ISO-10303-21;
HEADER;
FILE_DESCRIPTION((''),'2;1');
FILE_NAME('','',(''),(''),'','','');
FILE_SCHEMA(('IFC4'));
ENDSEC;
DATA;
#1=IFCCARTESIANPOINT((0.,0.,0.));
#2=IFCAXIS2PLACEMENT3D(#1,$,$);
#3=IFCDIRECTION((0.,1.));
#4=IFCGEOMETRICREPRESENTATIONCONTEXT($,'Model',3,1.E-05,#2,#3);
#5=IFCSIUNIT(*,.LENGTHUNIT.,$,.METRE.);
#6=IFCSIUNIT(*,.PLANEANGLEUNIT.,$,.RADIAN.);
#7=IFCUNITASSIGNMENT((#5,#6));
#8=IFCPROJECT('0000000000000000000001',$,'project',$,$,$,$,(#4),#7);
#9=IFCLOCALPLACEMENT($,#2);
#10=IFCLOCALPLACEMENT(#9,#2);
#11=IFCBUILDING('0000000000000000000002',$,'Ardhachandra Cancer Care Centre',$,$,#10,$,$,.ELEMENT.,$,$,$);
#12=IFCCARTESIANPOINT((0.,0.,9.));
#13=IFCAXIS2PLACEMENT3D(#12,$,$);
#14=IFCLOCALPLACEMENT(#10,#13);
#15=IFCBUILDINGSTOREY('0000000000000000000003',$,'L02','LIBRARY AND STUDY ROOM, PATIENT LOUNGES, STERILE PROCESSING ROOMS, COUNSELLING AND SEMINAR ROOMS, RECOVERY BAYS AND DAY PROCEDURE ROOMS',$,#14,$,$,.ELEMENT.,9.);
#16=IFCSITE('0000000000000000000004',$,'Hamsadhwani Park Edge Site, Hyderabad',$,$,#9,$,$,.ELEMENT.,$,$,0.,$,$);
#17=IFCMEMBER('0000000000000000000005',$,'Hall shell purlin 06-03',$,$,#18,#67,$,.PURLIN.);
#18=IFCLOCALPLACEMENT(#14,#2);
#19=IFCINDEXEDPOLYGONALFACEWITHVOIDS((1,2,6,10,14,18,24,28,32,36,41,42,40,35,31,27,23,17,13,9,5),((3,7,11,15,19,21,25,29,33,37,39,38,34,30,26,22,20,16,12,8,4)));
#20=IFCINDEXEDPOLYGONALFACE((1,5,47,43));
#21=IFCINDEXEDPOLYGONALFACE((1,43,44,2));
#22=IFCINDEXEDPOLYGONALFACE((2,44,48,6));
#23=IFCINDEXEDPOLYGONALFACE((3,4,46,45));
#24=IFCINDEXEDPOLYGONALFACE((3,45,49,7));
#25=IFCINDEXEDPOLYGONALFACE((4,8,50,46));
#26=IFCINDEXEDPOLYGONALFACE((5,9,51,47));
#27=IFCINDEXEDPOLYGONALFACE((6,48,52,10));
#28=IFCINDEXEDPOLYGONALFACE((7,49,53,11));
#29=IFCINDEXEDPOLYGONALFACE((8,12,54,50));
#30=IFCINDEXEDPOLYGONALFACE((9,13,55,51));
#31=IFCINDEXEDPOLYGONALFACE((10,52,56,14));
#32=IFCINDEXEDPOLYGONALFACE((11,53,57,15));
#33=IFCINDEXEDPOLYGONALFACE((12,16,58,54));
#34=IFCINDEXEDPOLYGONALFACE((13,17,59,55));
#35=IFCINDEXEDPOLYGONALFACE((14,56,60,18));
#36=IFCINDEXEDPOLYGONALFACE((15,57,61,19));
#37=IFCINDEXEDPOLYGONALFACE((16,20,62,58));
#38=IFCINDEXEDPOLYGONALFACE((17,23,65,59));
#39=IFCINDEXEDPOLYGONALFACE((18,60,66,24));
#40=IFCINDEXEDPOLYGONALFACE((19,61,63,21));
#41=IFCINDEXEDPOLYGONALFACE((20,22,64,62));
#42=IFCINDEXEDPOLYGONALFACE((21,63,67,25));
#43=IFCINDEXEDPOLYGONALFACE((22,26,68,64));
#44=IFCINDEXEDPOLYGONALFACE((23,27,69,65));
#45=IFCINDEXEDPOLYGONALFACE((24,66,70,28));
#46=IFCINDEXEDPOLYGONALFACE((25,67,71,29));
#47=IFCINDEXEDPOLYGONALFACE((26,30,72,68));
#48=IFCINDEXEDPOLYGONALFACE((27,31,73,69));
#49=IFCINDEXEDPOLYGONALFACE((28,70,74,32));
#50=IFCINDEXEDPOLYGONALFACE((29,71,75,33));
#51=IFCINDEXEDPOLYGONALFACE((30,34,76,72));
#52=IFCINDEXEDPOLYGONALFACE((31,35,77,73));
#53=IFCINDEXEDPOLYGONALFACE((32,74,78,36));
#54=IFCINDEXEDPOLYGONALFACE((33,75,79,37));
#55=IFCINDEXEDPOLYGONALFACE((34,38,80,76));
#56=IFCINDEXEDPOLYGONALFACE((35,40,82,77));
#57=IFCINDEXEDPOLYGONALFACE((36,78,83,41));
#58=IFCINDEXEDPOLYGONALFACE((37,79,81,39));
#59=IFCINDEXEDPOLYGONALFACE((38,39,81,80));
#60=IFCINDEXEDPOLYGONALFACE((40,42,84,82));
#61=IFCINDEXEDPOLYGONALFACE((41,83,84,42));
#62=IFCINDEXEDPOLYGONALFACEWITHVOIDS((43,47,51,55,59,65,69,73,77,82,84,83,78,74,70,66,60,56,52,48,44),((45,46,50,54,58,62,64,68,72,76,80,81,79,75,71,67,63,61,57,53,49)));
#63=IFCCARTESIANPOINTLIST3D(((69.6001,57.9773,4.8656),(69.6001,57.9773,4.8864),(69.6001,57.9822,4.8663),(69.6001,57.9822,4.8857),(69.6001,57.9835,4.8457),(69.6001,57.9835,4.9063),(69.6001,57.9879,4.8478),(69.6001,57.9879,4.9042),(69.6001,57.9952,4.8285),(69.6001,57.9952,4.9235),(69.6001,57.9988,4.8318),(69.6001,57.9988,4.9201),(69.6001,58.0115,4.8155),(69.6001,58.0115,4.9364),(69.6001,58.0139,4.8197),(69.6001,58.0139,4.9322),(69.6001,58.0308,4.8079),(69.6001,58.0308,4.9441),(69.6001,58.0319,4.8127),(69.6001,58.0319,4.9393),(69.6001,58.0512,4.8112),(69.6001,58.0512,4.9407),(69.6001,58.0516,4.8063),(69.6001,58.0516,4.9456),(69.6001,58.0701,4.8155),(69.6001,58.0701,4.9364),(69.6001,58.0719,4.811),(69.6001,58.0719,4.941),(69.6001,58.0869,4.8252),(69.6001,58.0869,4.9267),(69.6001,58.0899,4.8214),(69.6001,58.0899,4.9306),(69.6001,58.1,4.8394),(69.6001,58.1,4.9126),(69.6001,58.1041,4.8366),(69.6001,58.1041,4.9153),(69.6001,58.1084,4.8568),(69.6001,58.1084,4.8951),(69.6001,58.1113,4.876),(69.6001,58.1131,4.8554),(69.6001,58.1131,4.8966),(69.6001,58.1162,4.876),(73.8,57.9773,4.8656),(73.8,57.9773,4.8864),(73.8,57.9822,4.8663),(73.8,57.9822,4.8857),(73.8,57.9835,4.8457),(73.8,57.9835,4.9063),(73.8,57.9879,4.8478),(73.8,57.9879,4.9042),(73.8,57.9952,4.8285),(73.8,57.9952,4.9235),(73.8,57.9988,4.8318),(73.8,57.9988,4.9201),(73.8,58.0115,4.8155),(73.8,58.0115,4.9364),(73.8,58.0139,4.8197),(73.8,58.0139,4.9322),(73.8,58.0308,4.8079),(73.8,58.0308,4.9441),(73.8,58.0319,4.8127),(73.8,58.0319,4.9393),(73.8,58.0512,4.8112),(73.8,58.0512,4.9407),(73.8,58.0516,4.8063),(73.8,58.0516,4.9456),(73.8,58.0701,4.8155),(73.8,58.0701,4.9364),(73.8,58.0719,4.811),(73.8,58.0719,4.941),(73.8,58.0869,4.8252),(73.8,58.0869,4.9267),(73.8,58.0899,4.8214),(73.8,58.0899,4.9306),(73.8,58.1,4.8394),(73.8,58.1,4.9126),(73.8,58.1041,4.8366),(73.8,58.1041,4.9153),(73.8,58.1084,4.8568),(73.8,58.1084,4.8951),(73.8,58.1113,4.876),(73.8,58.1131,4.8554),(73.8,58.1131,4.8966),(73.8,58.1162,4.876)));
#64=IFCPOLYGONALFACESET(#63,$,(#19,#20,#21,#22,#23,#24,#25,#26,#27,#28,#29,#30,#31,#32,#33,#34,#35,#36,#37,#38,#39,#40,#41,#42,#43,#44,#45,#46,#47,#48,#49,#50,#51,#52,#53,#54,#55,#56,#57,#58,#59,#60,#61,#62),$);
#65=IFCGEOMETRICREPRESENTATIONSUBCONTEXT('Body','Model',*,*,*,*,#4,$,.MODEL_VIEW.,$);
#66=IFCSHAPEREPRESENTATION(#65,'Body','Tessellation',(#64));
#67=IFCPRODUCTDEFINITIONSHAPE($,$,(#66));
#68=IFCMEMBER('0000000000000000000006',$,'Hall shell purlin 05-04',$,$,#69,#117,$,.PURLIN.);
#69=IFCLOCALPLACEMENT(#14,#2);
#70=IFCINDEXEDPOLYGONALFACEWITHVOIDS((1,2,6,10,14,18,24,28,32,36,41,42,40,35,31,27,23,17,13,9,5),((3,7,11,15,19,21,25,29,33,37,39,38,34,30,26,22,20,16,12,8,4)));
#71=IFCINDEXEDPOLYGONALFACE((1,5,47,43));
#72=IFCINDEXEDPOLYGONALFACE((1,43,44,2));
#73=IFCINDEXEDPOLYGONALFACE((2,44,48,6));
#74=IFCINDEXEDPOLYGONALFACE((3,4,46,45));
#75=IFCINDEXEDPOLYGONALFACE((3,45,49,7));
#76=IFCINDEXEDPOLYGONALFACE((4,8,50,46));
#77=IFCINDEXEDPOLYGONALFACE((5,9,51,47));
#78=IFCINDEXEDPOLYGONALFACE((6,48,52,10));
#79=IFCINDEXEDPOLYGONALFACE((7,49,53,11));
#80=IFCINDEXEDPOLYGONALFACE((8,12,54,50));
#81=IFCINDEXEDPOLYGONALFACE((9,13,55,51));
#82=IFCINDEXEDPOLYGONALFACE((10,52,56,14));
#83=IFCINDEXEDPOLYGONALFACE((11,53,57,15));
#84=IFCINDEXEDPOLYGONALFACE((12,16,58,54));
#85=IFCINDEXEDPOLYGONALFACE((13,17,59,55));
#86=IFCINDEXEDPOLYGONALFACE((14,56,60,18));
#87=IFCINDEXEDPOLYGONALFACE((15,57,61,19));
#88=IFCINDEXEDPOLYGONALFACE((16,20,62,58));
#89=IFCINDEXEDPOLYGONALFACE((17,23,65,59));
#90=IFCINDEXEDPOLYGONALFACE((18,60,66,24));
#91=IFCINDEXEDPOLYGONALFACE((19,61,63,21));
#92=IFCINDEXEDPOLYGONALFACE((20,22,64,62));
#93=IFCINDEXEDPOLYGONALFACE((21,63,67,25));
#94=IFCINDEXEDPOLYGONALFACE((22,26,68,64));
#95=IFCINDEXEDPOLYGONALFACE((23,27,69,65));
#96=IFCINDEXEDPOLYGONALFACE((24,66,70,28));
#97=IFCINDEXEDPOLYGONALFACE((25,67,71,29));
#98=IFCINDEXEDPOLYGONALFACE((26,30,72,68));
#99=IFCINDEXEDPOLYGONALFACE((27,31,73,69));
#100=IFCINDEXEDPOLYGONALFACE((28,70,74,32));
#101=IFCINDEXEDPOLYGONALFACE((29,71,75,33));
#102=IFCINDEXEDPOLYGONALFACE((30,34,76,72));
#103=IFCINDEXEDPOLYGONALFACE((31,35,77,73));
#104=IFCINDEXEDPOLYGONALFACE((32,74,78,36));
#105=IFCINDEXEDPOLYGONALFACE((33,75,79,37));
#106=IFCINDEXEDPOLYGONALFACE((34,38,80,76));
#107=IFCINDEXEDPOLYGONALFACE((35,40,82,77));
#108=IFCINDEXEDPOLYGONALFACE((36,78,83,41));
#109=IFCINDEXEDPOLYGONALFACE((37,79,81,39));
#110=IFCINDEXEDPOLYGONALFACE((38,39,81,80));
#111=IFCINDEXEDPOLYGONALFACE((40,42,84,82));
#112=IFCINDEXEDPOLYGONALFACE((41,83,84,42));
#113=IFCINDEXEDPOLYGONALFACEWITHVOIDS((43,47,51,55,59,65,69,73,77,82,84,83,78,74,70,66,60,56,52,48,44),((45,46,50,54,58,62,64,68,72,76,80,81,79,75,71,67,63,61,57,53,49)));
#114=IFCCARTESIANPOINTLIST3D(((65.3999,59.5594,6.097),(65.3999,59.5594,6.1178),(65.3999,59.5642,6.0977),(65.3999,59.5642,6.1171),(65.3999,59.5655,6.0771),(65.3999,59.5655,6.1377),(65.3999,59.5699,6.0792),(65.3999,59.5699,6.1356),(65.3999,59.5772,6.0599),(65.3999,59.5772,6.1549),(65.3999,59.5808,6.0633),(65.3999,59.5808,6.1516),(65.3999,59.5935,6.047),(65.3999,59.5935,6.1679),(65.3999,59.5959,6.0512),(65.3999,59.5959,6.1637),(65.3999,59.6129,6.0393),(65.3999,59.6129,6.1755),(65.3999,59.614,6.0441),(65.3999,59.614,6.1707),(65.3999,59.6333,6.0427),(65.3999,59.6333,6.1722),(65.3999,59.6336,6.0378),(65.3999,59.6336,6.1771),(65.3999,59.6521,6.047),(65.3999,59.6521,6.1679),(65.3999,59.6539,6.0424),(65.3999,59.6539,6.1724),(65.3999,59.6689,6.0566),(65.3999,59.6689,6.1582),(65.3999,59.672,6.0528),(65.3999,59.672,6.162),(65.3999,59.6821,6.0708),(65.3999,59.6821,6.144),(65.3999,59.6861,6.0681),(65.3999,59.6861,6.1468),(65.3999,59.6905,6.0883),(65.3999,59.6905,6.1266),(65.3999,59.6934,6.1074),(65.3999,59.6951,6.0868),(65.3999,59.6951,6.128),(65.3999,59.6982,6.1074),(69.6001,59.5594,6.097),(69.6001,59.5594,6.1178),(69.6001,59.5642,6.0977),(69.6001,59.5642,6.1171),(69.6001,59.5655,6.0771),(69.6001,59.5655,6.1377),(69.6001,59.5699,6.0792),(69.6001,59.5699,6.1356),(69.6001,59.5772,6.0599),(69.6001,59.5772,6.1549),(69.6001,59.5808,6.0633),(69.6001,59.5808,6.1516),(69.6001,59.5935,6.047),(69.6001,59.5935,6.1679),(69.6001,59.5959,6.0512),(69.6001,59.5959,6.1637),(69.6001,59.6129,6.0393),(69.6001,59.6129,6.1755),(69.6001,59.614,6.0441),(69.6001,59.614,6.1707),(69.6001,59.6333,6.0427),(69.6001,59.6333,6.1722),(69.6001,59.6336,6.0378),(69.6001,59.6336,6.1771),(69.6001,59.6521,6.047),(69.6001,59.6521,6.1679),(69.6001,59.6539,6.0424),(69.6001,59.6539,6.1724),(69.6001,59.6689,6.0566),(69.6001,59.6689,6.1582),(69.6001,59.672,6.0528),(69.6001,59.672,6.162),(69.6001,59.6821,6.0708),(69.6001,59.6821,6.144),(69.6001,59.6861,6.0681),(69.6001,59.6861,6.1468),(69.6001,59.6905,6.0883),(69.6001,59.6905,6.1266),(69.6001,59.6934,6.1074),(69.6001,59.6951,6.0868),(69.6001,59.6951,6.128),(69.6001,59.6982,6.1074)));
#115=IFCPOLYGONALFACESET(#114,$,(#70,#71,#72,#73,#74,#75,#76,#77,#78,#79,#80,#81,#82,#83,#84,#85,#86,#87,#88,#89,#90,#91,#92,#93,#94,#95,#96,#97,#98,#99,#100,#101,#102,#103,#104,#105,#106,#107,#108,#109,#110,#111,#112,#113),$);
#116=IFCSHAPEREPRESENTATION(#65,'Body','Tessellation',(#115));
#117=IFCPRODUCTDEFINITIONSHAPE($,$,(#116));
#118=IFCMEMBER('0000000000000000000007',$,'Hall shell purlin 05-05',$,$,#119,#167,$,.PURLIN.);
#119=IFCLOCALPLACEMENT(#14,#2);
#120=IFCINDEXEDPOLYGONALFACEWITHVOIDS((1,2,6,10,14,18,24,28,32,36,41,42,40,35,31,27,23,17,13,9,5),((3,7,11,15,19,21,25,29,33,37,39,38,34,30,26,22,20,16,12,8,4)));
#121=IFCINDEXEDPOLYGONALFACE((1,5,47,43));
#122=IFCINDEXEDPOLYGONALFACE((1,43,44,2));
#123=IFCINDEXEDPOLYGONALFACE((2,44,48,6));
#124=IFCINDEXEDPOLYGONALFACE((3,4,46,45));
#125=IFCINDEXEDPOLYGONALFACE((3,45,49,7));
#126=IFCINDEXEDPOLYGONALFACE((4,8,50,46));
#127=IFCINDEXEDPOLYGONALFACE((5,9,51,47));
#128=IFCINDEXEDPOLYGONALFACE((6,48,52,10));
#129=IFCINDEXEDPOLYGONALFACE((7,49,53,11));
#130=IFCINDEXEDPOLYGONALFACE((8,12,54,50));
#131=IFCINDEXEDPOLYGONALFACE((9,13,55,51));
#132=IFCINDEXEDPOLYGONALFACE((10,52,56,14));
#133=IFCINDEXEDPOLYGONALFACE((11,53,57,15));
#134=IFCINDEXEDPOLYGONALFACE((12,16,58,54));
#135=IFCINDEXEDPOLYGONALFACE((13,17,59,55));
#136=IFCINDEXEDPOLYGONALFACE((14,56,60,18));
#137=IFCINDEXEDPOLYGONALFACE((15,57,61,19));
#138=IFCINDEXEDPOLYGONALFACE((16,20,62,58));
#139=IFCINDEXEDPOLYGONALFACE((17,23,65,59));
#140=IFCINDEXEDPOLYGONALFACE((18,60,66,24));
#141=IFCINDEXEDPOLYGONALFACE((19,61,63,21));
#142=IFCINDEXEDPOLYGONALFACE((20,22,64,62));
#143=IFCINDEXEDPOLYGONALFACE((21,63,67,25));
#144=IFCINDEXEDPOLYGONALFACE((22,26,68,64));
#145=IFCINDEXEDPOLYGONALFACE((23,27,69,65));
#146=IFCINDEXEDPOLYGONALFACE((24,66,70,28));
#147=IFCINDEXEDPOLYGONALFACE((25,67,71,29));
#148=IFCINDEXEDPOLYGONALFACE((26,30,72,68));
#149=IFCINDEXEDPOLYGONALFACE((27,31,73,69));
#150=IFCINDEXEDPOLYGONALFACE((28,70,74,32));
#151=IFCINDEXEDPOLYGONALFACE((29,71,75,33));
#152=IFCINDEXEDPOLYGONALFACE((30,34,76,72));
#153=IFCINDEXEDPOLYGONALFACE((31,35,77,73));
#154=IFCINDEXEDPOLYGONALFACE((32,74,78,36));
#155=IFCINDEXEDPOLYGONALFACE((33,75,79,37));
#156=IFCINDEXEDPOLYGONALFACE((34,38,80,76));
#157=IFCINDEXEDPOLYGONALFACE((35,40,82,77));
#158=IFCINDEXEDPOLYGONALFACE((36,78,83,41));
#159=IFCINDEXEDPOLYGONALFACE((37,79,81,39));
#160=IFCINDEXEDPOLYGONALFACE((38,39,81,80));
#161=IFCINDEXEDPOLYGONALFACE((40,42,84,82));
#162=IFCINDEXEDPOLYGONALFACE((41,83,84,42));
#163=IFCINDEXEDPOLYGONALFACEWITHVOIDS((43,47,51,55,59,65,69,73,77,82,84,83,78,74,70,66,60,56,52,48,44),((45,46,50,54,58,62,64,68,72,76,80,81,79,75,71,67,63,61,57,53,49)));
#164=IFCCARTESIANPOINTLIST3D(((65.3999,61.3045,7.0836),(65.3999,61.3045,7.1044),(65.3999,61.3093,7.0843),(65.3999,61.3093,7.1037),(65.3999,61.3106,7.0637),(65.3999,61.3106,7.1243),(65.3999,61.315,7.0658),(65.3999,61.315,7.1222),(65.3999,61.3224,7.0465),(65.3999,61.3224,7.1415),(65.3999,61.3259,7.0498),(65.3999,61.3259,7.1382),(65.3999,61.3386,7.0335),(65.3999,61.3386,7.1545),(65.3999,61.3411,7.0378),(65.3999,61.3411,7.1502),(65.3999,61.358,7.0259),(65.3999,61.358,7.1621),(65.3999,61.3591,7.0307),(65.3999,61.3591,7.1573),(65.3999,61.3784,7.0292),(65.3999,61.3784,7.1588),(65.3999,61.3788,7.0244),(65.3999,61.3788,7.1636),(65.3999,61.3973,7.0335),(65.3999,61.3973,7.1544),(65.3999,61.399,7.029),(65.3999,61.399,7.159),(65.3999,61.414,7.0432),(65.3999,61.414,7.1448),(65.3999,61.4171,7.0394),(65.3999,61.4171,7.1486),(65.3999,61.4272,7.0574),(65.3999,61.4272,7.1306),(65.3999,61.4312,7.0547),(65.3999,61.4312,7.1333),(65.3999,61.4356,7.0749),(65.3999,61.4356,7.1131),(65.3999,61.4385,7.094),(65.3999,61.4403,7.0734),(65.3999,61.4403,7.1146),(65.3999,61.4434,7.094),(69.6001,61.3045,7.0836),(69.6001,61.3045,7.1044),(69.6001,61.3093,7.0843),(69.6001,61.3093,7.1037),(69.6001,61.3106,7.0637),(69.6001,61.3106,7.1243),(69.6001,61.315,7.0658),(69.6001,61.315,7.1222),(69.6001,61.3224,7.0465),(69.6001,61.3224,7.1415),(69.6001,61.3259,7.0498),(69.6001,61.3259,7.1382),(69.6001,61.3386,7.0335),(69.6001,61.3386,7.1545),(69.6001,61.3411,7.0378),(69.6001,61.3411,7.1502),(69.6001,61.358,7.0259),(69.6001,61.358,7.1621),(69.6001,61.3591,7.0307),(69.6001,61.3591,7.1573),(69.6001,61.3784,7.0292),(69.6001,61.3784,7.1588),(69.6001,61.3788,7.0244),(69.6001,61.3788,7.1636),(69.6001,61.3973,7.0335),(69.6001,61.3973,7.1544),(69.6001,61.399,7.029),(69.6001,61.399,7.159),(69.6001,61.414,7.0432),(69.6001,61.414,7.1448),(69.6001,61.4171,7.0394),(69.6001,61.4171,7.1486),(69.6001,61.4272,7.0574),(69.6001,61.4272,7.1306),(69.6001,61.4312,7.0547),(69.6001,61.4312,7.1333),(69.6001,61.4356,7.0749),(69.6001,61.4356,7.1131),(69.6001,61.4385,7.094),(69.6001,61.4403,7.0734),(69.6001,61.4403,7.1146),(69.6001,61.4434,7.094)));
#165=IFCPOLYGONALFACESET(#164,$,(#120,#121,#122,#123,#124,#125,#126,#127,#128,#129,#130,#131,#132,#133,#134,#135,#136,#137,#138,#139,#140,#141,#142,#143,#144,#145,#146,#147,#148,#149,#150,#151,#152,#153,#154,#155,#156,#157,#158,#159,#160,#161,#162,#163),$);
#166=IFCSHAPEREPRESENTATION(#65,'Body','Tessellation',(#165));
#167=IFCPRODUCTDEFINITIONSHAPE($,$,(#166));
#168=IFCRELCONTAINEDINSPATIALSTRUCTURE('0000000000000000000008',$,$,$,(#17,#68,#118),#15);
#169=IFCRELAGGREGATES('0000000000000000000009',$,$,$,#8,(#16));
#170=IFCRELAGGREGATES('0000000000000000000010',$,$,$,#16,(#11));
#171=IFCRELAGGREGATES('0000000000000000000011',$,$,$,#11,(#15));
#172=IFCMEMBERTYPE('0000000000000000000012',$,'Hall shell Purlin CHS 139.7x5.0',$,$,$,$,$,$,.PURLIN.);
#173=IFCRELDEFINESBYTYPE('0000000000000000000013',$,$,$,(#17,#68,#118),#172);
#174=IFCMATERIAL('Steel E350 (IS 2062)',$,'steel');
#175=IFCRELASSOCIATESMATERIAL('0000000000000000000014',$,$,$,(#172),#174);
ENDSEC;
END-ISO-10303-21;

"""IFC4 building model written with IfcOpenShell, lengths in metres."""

from ifc_helpers import new_model, si_unit, direction, frame, origin, origin_2d, place, context, subcontext, project, spatial, hollow_circle, extrude, material, material_profile, profile_set, type_object, element, save


model = new_model("IFC4")

# Units and contexts
model_context = context("Model", 3, precision=1e-05, world=origin(), true_north=direction((0.0, 1.0)))
body_context = subcontext(model_context, "Body", "Model", "MODEL_VIEW")
ifc_project = project(units=[si_unit("LENGTHUNIT", "METRE"), si_unit("PLANEANGLEUNIT", "RADIAN")], contexts=[model_context])

# Site, building, storey
site_placement = place(None, origin())
site = spatial("IfcSite", under=ifc_project, at=site_placement, Name="Hamsadhwani Park Edge Site, Hyderabad", CompositionType="ELEMENT", RefElevation=0.0)
building_placement = place(site_placement, origin())
building = spatial("IfcBuilding", under=site, at=building_placement, Name="Ardhachandra Cancer Care Centre", CompositionType="ELEMENT")
storey_placement = place(building_placement, frame((0.0, 0.0, 9.0)))
storey = spatial("IfcBuildingStorey", under=building, at=storey_placement, Name="L02", Description="LIBRARY AND STUDY ROOM, PATIENT LOUNGES, STERILE PROCESSING ROOMS, COUNSELLING AND SEMINAR ROOMS, RECOVERY BAYS AND DAY PROCEDURE ROOMS", CompositionType="ELEMENT", Elevation=9.0)

# Members
ifc_material_1 = material(Name="Steel E350 (IS 2062)", Category="steel")
ifc_material_profile_1 = material_profile(ifc_material_1, hollow_circle(Radius=0.0698, WallThickness=0.0049, at=origin_2d()), Name="CHS 139.7x5.0")
ifc_profile_set_1 = profile_set([ifc_material_profile_1], Name="Steel E350 (IS 2062)")
member_type_1 = type_object("IfcMemberType", Name="Hall shell Purlin CHS 139.7x5.0", PredefinedType="PURLIN", material=ifc_profile_set_1)
for number, where, z_axis, x_axis, name in (
    (1, (69.6001, 58.0464, 4.876), (1.0, 0.0, 0.0), (0.0, 1.0, 0.0), "Hall shell purlin 06-03"),
):
    element("IfcMember", number, at=place(storey_placement, frame(where, z_axis=z_axis, x_axis=x_axis)), inside=storey, type_object=member_type_1, Name=name, PredefinedType="PURLIN", context=body_context, shape_type="SweptSolid", body=[
        extrude(hollow_circle(Radius=0.0698, WallThickness=0.0049, at=origin_2d()), origin(), (0.0, 0.0, 1.0), 4.2),
    ])
for number, where, z_axis, x_axis, name in (
    (2, (65.3999, 59.6284, 6.1074), (1.0, 0.0, 0.0), (0.0, 1.0, 0.0), "Hall shell purlin 05-04"),
    (3, (65.3999, 61.3735, 7.094), (1.0, 0.0, 0.0), (0.0, 1.0, 0.0), "Hall shell purlin 05-05"),
):
    element("IfcMember", number, at=place(storey_placement, frame(where, z_axis=z_axis, x_axis=x_axis)), inside=storey, type_object=member_type_1, Name=name, PredefinedType="PURLIN", context=body_context, shape_type="SweptSolid", body=[
        extrude(hollow_circle(Radius=0.0698, WallThickness=0.0049, at=origin_2d()), origin(), (0.0, 0.0, 1.0), 4.2002),
    ])

save(model, "model.ifc")
